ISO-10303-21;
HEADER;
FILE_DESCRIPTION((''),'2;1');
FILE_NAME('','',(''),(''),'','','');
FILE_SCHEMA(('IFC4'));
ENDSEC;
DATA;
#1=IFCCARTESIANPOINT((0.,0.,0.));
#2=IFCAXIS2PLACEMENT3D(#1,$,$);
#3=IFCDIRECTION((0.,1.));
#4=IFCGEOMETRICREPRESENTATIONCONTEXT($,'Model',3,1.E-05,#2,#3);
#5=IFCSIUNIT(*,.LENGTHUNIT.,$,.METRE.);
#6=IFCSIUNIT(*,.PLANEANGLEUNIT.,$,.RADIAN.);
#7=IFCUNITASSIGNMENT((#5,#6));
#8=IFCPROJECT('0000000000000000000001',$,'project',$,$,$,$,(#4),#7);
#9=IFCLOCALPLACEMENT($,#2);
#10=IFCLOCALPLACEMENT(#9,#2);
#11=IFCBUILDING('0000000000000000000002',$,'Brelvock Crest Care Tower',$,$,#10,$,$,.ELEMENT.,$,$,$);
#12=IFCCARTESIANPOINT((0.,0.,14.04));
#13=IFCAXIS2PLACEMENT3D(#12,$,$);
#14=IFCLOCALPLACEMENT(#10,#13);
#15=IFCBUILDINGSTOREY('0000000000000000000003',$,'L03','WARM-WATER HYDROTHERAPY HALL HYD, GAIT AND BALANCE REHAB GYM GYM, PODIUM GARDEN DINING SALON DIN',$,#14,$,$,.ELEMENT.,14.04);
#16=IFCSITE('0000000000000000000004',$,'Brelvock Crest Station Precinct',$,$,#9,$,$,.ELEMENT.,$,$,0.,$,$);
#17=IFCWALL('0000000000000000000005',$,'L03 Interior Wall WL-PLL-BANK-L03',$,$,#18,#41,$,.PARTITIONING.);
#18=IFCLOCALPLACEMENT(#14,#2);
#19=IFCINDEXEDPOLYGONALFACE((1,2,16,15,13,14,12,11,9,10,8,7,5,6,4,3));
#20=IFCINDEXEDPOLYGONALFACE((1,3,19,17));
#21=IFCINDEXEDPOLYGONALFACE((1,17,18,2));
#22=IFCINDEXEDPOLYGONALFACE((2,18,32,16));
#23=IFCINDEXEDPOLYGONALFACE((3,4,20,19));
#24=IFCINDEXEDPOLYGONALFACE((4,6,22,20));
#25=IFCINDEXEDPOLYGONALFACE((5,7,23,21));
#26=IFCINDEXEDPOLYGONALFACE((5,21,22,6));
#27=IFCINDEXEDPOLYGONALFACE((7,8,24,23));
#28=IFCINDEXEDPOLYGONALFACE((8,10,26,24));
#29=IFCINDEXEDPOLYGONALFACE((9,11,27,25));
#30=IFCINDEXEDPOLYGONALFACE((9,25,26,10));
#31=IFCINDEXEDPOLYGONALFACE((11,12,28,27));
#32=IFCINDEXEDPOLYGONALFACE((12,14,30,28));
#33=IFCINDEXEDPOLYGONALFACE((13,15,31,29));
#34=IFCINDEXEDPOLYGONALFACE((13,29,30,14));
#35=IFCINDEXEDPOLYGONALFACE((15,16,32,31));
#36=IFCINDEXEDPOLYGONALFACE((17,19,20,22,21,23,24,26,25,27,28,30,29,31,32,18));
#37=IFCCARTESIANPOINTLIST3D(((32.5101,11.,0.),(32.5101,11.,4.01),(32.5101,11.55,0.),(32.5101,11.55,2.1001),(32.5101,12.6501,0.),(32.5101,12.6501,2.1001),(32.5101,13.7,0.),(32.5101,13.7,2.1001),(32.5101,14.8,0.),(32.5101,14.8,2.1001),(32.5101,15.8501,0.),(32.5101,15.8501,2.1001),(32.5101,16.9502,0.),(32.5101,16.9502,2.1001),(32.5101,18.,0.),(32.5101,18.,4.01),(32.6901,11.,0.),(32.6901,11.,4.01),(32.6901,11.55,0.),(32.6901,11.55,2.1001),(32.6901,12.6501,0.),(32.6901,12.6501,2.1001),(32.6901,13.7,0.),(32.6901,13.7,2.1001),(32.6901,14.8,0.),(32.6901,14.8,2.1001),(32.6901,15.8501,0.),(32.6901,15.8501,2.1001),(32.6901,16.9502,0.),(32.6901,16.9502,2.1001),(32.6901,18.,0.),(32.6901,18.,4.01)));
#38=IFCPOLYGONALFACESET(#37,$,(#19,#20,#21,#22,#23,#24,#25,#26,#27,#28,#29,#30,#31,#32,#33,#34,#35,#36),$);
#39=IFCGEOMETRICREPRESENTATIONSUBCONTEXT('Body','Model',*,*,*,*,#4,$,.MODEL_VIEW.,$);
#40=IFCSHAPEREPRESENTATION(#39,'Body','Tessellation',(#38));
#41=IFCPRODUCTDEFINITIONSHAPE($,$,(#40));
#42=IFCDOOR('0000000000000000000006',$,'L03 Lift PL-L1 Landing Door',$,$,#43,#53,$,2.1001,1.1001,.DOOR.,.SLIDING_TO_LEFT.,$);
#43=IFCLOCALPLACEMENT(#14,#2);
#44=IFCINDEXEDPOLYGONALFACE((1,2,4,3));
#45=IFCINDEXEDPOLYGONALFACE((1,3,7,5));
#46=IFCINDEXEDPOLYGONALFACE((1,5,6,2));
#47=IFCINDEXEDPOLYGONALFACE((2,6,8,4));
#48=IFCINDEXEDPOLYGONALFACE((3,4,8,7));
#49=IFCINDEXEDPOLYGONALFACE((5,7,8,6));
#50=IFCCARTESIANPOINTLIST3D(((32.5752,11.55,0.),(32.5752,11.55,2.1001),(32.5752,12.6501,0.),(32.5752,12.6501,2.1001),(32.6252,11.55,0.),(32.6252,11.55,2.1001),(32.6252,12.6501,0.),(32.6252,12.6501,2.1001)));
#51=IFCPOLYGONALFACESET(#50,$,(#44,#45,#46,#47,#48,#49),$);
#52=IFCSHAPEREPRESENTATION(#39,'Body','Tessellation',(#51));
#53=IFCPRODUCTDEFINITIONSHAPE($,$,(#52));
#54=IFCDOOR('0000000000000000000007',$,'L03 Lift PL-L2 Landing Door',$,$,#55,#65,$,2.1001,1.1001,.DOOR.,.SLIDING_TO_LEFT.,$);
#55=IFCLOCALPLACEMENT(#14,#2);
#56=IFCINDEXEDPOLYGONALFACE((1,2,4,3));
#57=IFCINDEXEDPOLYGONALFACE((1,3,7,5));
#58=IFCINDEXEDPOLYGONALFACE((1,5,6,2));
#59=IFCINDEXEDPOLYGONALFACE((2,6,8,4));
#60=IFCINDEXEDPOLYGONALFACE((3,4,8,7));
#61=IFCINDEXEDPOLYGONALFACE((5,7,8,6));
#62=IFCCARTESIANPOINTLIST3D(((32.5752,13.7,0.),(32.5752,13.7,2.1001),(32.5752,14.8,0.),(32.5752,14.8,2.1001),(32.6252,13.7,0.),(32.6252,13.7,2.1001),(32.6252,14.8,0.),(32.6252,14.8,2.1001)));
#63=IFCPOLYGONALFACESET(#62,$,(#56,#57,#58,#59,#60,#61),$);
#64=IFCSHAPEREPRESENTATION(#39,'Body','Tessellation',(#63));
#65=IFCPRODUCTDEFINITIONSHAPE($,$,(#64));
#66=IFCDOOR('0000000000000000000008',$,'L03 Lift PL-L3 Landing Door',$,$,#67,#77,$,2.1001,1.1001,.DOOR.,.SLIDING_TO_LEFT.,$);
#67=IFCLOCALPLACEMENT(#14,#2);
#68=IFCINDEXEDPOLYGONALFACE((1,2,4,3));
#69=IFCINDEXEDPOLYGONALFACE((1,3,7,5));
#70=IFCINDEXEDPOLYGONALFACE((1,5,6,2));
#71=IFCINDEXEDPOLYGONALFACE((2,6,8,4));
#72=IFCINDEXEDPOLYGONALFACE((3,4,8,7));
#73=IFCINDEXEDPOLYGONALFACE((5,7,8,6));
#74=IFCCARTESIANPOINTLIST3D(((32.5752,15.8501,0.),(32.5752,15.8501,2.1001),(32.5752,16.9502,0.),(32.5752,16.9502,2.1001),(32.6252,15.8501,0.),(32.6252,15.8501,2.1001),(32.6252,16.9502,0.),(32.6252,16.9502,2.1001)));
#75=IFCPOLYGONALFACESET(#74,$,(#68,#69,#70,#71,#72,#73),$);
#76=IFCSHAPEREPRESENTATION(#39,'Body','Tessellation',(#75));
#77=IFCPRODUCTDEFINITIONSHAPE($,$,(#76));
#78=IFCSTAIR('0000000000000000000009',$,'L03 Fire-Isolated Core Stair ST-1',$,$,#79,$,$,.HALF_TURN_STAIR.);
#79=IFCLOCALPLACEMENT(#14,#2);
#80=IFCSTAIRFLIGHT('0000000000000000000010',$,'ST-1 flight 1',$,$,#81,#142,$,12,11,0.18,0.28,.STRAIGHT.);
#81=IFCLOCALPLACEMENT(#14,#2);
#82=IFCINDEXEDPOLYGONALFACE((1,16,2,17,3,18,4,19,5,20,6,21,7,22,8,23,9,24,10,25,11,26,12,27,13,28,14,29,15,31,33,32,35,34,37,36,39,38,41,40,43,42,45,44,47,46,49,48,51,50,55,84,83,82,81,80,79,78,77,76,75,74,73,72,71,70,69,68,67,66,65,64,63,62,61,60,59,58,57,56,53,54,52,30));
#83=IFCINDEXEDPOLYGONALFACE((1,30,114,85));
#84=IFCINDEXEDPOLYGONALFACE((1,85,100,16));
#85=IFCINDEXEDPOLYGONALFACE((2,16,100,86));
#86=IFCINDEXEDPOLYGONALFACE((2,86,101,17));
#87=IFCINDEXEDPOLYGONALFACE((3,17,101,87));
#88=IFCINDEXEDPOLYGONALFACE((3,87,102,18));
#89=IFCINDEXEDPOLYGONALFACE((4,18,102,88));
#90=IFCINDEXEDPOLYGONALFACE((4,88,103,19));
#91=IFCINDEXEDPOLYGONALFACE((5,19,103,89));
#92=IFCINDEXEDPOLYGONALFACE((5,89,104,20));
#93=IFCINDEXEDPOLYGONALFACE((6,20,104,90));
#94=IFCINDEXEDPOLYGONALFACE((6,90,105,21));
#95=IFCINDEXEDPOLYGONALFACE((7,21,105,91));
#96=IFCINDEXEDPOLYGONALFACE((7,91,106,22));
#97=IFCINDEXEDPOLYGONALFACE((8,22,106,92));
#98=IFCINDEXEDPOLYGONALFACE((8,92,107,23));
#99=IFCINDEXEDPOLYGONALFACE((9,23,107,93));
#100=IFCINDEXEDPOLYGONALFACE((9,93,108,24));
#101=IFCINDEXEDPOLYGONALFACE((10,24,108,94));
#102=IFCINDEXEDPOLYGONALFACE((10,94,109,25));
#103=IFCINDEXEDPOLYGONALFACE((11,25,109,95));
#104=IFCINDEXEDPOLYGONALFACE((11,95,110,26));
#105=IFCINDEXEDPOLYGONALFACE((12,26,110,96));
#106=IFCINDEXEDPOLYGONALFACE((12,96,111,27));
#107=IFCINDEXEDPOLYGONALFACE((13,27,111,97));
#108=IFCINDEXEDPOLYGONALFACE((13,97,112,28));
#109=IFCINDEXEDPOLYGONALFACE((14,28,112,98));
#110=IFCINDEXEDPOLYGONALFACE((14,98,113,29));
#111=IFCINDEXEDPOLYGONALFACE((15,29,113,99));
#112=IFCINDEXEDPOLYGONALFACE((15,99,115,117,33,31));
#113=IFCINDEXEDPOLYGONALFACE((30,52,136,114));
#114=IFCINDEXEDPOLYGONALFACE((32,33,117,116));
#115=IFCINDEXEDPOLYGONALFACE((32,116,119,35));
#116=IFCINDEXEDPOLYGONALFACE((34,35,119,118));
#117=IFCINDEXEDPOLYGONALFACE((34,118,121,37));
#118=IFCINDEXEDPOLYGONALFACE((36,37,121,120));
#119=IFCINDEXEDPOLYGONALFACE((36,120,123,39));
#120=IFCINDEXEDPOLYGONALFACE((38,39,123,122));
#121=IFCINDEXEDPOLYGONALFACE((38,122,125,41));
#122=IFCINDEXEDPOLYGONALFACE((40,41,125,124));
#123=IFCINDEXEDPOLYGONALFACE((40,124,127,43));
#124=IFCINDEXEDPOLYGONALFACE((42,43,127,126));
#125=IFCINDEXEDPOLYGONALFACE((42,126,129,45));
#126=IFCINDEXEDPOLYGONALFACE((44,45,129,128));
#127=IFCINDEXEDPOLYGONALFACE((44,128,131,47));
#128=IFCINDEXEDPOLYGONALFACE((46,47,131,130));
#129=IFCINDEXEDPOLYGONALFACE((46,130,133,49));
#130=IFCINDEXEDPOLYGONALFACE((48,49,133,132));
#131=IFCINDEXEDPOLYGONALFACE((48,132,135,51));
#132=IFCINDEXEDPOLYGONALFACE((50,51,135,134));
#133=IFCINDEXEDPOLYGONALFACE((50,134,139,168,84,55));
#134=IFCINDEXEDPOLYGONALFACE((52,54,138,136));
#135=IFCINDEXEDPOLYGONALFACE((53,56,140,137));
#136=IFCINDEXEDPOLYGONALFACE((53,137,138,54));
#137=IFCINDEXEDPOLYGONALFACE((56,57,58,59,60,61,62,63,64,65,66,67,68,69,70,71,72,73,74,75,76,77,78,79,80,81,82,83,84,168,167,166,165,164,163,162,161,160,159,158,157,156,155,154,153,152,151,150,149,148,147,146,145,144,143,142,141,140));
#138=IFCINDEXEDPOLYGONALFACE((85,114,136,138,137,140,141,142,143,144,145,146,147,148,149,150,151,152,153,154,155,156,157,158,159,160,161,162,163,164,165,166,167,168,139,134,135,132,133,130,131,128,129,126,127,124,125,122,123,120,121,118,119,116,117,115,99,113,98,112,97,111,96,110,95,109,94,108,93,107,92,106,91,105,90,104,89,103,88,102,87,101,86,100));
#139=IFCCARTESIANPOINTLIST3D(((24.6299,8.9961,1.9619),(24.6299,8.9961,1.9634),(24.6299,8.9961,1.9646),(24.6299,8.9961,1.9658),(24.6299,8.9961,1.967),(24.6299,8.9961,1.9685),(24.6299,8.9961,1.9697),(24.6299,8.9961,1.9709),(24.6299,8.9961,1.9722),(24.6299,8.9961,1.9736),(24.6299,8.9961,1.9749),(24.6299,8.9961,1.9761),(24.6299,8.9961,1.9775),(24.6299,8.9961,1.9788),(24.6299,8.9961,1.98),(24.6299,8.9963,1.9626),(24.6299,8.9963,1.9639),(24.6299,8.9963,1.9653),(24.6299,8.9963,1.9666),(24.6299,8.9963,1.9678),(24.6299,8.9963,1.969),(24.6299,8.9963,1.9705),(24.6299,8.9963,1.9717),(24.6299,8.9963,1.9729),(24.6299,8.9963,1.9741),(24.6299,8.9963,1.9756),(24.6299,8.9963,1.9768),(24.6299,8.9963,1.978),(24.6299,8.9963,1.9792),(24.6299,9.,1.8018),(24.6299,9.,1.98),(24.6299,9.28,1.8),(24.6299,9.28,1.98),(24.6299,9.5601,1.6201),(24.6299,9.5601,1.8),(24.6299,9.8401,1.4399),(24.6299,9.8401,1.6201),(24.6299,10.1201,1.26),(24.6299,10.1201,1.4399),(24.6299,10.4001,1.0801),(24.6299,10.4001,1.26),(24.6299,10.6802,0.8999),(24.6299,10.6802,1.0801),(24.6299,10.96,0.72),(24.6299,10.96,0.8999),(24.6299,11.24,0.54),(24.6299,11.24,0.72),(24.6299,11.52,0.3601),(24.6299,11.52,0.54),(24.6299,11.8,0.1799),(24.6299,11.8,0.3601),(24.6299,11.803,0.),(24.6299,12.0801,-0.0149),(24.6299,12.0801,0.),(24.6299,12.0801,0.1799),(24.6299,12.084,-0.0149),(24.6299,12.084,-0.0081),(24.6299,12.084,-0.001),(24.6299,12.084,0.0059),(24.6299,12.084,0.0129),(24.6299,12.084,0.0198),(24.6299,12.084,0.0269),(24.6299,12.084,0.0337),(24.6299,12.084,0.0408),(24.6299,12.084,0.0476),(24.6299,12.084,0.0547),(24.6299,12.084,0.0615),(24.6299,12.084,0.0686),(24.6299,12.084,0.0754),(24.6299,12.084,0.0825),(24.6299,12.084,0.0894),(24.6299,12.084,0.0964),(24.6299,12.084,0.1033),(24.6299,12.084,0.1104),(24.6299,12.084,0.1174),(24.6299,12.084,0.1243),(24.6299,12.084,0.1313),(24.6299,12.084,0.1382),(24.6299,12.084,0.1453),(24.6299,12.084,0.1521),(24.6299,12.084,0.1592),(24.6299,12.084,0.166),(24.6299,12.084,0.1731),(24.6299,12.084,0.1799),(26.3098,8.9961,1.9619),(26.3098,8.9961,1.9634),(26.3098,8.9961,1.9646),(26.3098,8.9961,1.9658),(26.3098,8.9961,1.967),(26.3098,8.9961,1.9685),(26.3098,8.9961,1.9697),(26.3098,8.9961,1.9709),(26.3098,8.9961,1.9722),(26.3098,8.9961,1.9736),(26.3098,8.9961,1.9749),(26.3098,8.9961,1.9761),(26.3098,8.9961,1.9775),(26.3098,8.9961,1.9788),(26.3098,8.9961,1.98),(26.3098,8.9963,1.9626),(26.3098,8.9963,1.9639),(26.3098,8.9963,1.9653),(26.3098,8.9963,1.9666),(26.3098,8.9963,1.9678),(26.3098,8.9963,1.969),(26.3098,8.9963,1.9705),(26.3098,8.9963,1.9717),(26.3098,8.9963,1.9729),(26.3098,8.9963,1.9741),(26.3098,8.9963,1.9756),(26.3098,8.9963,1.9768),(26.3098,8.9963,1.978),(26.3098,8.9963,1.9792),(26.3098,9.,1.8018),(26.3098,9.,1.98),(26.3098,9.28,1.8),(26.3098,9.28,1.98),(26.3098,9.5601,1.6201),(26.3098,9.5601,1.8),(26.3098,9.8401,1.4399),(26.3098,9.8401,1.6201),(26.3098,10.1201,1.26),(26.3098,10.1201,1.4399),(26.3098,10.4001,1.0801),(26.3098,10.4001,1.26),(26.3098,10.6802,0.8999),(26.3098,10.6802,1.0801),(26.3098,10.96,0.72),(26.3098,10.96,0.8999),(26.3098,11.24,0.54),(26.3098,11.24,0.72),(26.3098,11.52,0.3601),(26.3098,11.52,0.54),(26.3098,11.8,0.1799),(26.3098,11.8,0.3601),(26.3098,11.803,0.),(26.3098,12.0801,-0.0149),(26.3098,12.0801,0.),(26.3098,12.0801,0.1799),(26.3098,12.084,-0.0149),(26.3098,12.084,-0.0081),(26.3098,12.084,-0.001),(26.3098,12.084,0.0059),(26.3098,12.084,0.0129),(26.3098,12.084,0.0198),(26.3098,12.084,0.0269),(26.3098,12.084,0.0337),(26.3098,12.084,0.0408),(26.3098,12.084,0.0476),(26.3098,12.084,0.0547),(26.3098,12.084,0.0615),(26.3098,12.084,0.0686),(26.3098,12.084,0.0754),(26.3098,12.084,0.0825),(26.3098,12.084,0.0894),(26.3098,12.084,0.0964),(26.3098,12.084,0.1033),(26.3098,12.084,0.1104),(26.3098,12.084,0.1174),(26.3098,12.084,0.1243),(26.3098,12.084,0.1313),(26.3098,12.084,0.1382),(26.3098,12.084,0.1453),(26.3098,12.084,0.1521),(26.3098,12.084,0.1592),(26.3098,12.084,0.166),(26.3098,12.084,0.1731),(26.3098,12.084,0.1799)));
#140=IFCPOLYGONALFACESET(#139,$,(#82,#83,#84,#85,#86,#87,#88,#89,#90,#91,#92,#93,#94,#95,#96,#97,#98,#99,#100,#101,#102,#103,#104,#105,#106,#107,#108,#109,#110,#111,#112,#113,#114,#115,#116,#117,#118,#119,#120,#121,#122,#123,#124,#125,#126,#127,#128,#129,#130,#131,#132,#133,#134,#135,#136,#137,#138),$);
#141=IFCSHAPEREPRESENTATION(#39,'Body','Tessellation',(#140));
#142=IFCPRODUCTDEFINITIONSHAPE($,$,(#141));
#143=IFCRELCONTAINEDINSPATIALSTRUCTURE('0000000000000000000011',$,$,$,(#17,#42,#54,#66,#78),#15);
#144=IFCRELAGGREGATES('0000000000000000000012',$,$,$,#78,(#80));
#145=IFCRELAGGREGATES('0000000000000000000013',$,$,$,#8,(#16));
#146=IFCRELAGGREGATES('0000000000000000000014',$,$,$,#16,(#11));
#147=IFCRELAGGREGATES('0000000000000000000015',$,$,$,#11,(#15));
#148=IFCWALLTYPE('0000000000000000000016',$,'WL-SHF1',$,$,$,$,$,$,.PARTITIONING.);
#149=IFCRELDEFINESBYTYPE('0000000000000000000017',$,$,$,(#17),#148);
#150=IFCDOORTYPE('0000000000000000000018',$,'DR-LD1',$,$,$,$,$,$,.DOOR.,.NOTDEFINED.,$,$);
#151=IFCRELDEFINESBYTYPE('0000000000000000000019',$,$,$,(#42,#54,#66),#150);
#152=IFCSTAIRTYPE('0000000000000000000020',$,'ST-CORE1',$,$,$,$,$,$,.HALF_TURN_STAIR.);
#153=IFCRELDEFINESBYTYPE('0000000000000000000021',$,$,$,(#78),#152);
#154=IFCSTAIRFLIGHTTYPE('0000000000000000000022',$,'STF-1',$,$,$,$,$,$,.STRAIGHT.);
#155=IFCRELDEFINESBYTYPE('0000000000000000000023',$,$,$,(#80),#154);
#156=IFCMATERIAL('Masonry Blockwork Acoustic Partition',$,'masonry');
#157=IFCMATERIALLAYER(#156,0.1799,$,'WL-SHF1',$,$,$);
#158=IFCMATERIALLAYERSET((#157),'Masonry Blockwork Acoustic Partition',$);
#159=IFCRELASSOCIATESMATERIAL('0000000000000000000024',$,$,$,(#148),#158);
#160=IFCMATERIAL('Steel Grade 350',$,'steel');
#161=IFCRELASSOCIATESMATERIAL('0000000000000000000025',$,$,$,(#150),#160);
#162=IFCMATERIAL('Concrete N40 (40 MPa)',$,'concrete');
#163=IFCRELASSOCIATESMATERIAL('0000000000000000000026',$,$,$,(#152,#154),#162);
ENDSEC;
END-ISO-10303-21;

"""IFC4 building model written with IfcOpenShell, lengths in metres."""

from ifc_helpers import new_model, si_unit, direction, frame, frame_2d, origin, origin_2d, place, context, subcontext, project, spatial, polyline, rectangle, outline, extrude, source, transform, mapped, material, layer, layer_set, type_object, element, fill, aggregate, save


model = new_model("IFC4")

# Units and contexts
model_context = context("Model", 3, precision=1e-05, world=origin(), true_north=direction((0.0, 1.0)))
body_context = subcontext(model_context, "Body", "Model", "MODEL_VIEW")
ifc_project = project(units=[si_unit("LENGTHUNIT", "METRE"), si_unit("PLANEANGLEUNIT", "RADIAN")], contexts=[model_context])

# Site, building, storey
site_placement = place(None, origin())
site = spatial("IfcSite", under=ifc_project, at=site_placement, Name="Brelvock Crest Station Precinct", CompositionType="ELEMENT", RefElevation=0.0)
building_placement = place(site_placement, origin())
building = spatial("IfcBuilding", under=site, at=building_placement, Name="Brelvock Crest Care Tower", CompositionType="ELEMENT")
storey_placement = place(building_placement, frame((0.0, 0.0, 14.04)))
storey = spatial("IfcBuildingStorey", under=building, at=storey_placement, Name="L03", Description="WARM-WATER HYDROTHERAPY HALL HYD, GAIT AND BALANCE REHAB GYM GYM, PODIUM GARDEN DINING SALON DIN", CompositionType="ELEMENT", Elevation=14.04)

# Shared definitions
ifc_material_1 = material(Name="Steel Grade 350", Category="steel")

# Shared definitions
ifc_material_2 = material(Name="Masonry Blockwork Acoustic Partition", Category="masonry")
ifc_layer_1 = layer(ifc_material_2, 0.1799, Name="WL-SHF1")
ifc_layer_set_1 = layer_set([ifc_layer_1], Name="Masonry Blockwork Acoustic Partition")
wall_type_1 = type_object("IfcWallType", Name="WL-SHF1", PredefinedType="PARTITIONING", material=ifc_layer_set_1)

# Shared definitions
door_type_1 = type_object("IfcDoorType", Name="DR-LD1", OperationType="NOTDEFINED", PredefinedType="DOOR", material=ifc_material_1)
shared_shape_1 = source(origin(), body_context, "Body", "SweptSolid", [
    extrude(rectangle(XDim=1.1001, YDim=2.1001, at=origin_2d()), frame((0.55, 0.0249, 1.05), z_axis=(0.0, -1.0, 0.0), x_axis=(1.0, 0.0, 0.0)), (0.0, 0.0, 1.0), 0.05),
])

# Wall, openings, doors
wall_1_placement = place(storey_placement, frame((32.6001, 11.0, 0.0), z_axis=(0.0, 0.0, 1.0), x_axis=(0.0, 1.0, 0.0)))
wall_1 = element("IfcWall", 1, at=wall_1_placement, inside=storey, type_object=wall_type_1, Name="L03 Interior Wall WL-PLL-BANK-L03", PredefinedType="PARTITIONING", context=body_context, shape_type="SweptSolid", body=[
    extrude(rectangle(XDim=7.0, YDim=0.1799, at=frame_2d((3.5, 0.0))), origin(), (0.0, 0.0, 1.0), 4.01),
])
opening_1_placement = place(wall_1_placement, frame((0.55, 0.0, 0.0)))
opening_1 = element("IfcOpeningElement", 2, at=opening_1_placement, cuts=wall_1, PredefinedType="OPENING", context=body_context, shape_type="SweptSolid", body=[
    extrude(rectangle(XDim=1.1001, YDim=2.1001, at=origin_2d()), frame((0.55, 0.1001, 1.05), z_axis=(0.0, -1.0, 0.0), x_axis=(1.0, 0.0, 0.0)), (0.0, 0.0, 1.0), 0.2),
])
opening_2_placement = place(wall_1_placement, frame((2.7, 0.0, 0.0)))
opening_2 = element("IfcOpeningElement", 3, at=opening_2_placement, cuts=wall_1, PredefinedType="OPENING", context=body_context, shape_type="SweptSolid", body=[
    extrude(rectangle(XDim=1.1001, YDim=2.1001, at=origin_2d()), frame((0.55, 0.1001, 1.05), z_axis=(0.0, -1.0, 0.0), x_axis=(1.0, 0.0, 0.0)), (0.0, 0.0, 1.0), 0.2),
])
opening_3_placement = place(wall_1_placement, frame((4.8501, 0.0, 0.0)))
opening_3 = element("IfcOpeningElement", 4, at=opening_3_placement, cuts=wall_1, PredefinedType="OPENING", context=body_context, shape_type="SweptSolid", body=[
    extrude(rectangle(XDim=1.1001, YDim=2.1001, at=origin_2d()), frame((0.55, 0.1001, 1.05), z_axis=(0.0, -1.0, 0.0), x_axis=(1.0, 0.0, 0.0)), (0.0, 0.0, 1.0), 0.2),
])
door_1_placement = place(opening_1_placement, origin())
door_1 = element("IfcDoor", 5, at=door_1_placement, inside=storey, type_object=door_type_1, Name="L03 Lift PL-L1 Landing Door", OperationType="SLIDING_TO_LEFT", OverallHeight=2.1001, OverallWidth=1.1001, PredefinedType="DOOR", context=body_context, shape_type="MappedRepresentation", body=[
    mapped(shared_shape_1, transform((0.0, 0.0, 0.0), x_axis=(1.0, 0.0, 0.0), y_axis=(0.0, 1.0, 0.0), z_axis=(0.0, 0.0, 1.0), scale=1.0)),
])
fill(opening_1, door_1)
door_2_placement = place(opening_2_placement, origin())
door_2 = element("IfcDoor", 6, at=door_2_placement, inside=storey, type_object=door_type_1, Name="L03 Lift PL-L2 Landing Door", OperationType="SLIDING_TO_LEFT", OverallHeight=2.1001, OverallWidth=1.1001, PredefinedType="DOOR", context=body_context, shape_type="MappedRepresentation", body=[
    mapped(shared_shape_1, transform((0.0, 0.0, 0.0), x_axis=(1.0, 0.0, 0.0), y_axis=(0.0, 1.0, 0.0), z_axis=(0.0, 0.0, 1.0), scale=1.0)),
])
fill(opening_2, door_2)
door_3_placement = place(opening_3_placement, origin())
door_3 = element("IfcDoor", 7, at=door_3_placement, inside=storey, type_object=door_type_1, Name="L03 Lift PL-L3 Landing Door", OperationType="SLIDING_TO_LEFT", OverallHeight=2.1001, OverallWidth=1.1001, PredefinedType="DOOR", context=body_context, shape_type="MappedRepresentation", body=[
    mapped(shared_shape_1, transform((0.0, 0.0, 0.0), x_axis=(1.0, 0.0, 0.0), y_axis=(0.0, 1.0, 0.0), z_axis=(0.0, 0.0, 1.0), scale=1.0)),
])
fill(opening_3, door_3)

# Stair, stair flight
ifc_material_3 = material(Name="Concrete N40 (40 MPa)", Category="concrete")
stair_type = type_object("IfcStairType", Name="ST-CORE1", PredefinedType="HALF_TURN_STAIR", material=ifc_material_3)
stair_placement = place(storey_placement, origin())
stair = element("IfcStair", 8, at=stair_placement, inside=storey, type_object=stair_type, Name="L03 Fire-Isolated Core Stair ST-1", PredefinedType="HALF_TURN_STAIR")
stair_flight_type = type_object("IfcStairFlightType", Name="STF-1", PredefinedType="STRAIGHT", material=ifc_material_3)
stair_flight_placement = place(storey_placement, frame((25.47, 12.0801, 0.0), z_axis=(0.0, 0.0, 1.0), x_axis=(0.0, -1.0, 0.0)))
stair_flight = element("IfcStairFlight", 9, at=stair_flight_placement, type_object=stair_flight_type, Name="ST-1 flight 1", NumberOfRisers=12, NumberOfTreads=11, PredefinedType="STRAIGHT", RiserHeight=0.18, TreadLength=0.28, context=body_context, shape_type="SweptSolid", body=[
    extrude(outline(polyline([(-0.0039, -0.0149), (-0.0039, -0.0081), (-0.0039, -0.001), (-0.0039, 0.0059), (-0.0039, 0.0129), (-0.0039, 0.0198), (-0.0039, 0.0269), (-0.0039, 0.0337), (-0.0039, 0.0408), (-0.0039, 0.0476), (-0.0039, 0.0547), (-0.0039, 0.0615), (-0.0039, 0.0686), (-0.0039, 0.0754), (-0.0039, 0.0825), (-0.0039, 0.0894), (-0.0039, 0.0964), (-0.0039, 0.1033), (-0.0039, 0.1104), (-0.0039, 0.1174), (-0.0039, 0.1243), (-0.0039, 0.1313), (-0.0039, 0.1382), (-0.0039, 0.1453), (-0.0039, 0.1521), (-0.0039, 0.1592), (-0.0039, 0.166), (-0.0039, 0.1731), (-0.0039, 0.1799), (0.0, 0.1799), (0.28, 0.1799), (0.28, 0.3601), (0.5601, 0.3601), (0.5601, 0.54), (0.8401, 0.54), (0.8401, 0.72), (1.1201, 0.72), (1.1201, 0.8999), (1.3999, 0.8999), (1.3999, 1.0801), (1.6799, 1.0801), (1.6799, 1.26), (1.96, 1.26), (1.96, 1.4399), (2.24, 1.4399), (2.24, 1.6201), (2.52, 1.6201), (2.52, 1.8), (2.8, 1.8), (2.8, 1.98), (3.0801, 1.98), (3.084, 1.98), (3.0837, 1.9792), (3.084, 1.9788), (3.0837, 1.978), (3.084, 1.9775), (3.0837, 1.9768), (3.084, 1.9761), (3.0837, 1.9756), (3.084, 1.9749), (3.0837, 1.9741), (3.084, 1.9736), (3.0837, 1.9729), (3.084, 1.9722), (3.0837, 1.9717), (3.084, 1.9709), (3.0837, 1.9705), (3.084, 1.9697), (3.0837, 1.969), (3.084, 1.9685), (3.0837, 1.9678), (3.084, 1.967), (3.0837, 1.9666), (3.084, 1.9658), (3.0837, 1.9653), (3.084, 1.9646), (3.0837, 1.9639), (3.084, 1.9634), (3.0837, 1.9626), (3.084, 1.9619), (3.0801, 1.8018), (0.2771, 0.0), (0.0, 0.0), (0.0, -0.0149), (-0.0039, -0.0149)])), frame((0.0, 0.8398, 0.0), z_axis=(0.0, -1.0, 0.0), x_axis=(1.0, 0.0, 0.0)), (0.0, 0.0, 1.0), 1.6799),
])
aggregate(stair, [stair_flight])

save(model, "model.ifc")
